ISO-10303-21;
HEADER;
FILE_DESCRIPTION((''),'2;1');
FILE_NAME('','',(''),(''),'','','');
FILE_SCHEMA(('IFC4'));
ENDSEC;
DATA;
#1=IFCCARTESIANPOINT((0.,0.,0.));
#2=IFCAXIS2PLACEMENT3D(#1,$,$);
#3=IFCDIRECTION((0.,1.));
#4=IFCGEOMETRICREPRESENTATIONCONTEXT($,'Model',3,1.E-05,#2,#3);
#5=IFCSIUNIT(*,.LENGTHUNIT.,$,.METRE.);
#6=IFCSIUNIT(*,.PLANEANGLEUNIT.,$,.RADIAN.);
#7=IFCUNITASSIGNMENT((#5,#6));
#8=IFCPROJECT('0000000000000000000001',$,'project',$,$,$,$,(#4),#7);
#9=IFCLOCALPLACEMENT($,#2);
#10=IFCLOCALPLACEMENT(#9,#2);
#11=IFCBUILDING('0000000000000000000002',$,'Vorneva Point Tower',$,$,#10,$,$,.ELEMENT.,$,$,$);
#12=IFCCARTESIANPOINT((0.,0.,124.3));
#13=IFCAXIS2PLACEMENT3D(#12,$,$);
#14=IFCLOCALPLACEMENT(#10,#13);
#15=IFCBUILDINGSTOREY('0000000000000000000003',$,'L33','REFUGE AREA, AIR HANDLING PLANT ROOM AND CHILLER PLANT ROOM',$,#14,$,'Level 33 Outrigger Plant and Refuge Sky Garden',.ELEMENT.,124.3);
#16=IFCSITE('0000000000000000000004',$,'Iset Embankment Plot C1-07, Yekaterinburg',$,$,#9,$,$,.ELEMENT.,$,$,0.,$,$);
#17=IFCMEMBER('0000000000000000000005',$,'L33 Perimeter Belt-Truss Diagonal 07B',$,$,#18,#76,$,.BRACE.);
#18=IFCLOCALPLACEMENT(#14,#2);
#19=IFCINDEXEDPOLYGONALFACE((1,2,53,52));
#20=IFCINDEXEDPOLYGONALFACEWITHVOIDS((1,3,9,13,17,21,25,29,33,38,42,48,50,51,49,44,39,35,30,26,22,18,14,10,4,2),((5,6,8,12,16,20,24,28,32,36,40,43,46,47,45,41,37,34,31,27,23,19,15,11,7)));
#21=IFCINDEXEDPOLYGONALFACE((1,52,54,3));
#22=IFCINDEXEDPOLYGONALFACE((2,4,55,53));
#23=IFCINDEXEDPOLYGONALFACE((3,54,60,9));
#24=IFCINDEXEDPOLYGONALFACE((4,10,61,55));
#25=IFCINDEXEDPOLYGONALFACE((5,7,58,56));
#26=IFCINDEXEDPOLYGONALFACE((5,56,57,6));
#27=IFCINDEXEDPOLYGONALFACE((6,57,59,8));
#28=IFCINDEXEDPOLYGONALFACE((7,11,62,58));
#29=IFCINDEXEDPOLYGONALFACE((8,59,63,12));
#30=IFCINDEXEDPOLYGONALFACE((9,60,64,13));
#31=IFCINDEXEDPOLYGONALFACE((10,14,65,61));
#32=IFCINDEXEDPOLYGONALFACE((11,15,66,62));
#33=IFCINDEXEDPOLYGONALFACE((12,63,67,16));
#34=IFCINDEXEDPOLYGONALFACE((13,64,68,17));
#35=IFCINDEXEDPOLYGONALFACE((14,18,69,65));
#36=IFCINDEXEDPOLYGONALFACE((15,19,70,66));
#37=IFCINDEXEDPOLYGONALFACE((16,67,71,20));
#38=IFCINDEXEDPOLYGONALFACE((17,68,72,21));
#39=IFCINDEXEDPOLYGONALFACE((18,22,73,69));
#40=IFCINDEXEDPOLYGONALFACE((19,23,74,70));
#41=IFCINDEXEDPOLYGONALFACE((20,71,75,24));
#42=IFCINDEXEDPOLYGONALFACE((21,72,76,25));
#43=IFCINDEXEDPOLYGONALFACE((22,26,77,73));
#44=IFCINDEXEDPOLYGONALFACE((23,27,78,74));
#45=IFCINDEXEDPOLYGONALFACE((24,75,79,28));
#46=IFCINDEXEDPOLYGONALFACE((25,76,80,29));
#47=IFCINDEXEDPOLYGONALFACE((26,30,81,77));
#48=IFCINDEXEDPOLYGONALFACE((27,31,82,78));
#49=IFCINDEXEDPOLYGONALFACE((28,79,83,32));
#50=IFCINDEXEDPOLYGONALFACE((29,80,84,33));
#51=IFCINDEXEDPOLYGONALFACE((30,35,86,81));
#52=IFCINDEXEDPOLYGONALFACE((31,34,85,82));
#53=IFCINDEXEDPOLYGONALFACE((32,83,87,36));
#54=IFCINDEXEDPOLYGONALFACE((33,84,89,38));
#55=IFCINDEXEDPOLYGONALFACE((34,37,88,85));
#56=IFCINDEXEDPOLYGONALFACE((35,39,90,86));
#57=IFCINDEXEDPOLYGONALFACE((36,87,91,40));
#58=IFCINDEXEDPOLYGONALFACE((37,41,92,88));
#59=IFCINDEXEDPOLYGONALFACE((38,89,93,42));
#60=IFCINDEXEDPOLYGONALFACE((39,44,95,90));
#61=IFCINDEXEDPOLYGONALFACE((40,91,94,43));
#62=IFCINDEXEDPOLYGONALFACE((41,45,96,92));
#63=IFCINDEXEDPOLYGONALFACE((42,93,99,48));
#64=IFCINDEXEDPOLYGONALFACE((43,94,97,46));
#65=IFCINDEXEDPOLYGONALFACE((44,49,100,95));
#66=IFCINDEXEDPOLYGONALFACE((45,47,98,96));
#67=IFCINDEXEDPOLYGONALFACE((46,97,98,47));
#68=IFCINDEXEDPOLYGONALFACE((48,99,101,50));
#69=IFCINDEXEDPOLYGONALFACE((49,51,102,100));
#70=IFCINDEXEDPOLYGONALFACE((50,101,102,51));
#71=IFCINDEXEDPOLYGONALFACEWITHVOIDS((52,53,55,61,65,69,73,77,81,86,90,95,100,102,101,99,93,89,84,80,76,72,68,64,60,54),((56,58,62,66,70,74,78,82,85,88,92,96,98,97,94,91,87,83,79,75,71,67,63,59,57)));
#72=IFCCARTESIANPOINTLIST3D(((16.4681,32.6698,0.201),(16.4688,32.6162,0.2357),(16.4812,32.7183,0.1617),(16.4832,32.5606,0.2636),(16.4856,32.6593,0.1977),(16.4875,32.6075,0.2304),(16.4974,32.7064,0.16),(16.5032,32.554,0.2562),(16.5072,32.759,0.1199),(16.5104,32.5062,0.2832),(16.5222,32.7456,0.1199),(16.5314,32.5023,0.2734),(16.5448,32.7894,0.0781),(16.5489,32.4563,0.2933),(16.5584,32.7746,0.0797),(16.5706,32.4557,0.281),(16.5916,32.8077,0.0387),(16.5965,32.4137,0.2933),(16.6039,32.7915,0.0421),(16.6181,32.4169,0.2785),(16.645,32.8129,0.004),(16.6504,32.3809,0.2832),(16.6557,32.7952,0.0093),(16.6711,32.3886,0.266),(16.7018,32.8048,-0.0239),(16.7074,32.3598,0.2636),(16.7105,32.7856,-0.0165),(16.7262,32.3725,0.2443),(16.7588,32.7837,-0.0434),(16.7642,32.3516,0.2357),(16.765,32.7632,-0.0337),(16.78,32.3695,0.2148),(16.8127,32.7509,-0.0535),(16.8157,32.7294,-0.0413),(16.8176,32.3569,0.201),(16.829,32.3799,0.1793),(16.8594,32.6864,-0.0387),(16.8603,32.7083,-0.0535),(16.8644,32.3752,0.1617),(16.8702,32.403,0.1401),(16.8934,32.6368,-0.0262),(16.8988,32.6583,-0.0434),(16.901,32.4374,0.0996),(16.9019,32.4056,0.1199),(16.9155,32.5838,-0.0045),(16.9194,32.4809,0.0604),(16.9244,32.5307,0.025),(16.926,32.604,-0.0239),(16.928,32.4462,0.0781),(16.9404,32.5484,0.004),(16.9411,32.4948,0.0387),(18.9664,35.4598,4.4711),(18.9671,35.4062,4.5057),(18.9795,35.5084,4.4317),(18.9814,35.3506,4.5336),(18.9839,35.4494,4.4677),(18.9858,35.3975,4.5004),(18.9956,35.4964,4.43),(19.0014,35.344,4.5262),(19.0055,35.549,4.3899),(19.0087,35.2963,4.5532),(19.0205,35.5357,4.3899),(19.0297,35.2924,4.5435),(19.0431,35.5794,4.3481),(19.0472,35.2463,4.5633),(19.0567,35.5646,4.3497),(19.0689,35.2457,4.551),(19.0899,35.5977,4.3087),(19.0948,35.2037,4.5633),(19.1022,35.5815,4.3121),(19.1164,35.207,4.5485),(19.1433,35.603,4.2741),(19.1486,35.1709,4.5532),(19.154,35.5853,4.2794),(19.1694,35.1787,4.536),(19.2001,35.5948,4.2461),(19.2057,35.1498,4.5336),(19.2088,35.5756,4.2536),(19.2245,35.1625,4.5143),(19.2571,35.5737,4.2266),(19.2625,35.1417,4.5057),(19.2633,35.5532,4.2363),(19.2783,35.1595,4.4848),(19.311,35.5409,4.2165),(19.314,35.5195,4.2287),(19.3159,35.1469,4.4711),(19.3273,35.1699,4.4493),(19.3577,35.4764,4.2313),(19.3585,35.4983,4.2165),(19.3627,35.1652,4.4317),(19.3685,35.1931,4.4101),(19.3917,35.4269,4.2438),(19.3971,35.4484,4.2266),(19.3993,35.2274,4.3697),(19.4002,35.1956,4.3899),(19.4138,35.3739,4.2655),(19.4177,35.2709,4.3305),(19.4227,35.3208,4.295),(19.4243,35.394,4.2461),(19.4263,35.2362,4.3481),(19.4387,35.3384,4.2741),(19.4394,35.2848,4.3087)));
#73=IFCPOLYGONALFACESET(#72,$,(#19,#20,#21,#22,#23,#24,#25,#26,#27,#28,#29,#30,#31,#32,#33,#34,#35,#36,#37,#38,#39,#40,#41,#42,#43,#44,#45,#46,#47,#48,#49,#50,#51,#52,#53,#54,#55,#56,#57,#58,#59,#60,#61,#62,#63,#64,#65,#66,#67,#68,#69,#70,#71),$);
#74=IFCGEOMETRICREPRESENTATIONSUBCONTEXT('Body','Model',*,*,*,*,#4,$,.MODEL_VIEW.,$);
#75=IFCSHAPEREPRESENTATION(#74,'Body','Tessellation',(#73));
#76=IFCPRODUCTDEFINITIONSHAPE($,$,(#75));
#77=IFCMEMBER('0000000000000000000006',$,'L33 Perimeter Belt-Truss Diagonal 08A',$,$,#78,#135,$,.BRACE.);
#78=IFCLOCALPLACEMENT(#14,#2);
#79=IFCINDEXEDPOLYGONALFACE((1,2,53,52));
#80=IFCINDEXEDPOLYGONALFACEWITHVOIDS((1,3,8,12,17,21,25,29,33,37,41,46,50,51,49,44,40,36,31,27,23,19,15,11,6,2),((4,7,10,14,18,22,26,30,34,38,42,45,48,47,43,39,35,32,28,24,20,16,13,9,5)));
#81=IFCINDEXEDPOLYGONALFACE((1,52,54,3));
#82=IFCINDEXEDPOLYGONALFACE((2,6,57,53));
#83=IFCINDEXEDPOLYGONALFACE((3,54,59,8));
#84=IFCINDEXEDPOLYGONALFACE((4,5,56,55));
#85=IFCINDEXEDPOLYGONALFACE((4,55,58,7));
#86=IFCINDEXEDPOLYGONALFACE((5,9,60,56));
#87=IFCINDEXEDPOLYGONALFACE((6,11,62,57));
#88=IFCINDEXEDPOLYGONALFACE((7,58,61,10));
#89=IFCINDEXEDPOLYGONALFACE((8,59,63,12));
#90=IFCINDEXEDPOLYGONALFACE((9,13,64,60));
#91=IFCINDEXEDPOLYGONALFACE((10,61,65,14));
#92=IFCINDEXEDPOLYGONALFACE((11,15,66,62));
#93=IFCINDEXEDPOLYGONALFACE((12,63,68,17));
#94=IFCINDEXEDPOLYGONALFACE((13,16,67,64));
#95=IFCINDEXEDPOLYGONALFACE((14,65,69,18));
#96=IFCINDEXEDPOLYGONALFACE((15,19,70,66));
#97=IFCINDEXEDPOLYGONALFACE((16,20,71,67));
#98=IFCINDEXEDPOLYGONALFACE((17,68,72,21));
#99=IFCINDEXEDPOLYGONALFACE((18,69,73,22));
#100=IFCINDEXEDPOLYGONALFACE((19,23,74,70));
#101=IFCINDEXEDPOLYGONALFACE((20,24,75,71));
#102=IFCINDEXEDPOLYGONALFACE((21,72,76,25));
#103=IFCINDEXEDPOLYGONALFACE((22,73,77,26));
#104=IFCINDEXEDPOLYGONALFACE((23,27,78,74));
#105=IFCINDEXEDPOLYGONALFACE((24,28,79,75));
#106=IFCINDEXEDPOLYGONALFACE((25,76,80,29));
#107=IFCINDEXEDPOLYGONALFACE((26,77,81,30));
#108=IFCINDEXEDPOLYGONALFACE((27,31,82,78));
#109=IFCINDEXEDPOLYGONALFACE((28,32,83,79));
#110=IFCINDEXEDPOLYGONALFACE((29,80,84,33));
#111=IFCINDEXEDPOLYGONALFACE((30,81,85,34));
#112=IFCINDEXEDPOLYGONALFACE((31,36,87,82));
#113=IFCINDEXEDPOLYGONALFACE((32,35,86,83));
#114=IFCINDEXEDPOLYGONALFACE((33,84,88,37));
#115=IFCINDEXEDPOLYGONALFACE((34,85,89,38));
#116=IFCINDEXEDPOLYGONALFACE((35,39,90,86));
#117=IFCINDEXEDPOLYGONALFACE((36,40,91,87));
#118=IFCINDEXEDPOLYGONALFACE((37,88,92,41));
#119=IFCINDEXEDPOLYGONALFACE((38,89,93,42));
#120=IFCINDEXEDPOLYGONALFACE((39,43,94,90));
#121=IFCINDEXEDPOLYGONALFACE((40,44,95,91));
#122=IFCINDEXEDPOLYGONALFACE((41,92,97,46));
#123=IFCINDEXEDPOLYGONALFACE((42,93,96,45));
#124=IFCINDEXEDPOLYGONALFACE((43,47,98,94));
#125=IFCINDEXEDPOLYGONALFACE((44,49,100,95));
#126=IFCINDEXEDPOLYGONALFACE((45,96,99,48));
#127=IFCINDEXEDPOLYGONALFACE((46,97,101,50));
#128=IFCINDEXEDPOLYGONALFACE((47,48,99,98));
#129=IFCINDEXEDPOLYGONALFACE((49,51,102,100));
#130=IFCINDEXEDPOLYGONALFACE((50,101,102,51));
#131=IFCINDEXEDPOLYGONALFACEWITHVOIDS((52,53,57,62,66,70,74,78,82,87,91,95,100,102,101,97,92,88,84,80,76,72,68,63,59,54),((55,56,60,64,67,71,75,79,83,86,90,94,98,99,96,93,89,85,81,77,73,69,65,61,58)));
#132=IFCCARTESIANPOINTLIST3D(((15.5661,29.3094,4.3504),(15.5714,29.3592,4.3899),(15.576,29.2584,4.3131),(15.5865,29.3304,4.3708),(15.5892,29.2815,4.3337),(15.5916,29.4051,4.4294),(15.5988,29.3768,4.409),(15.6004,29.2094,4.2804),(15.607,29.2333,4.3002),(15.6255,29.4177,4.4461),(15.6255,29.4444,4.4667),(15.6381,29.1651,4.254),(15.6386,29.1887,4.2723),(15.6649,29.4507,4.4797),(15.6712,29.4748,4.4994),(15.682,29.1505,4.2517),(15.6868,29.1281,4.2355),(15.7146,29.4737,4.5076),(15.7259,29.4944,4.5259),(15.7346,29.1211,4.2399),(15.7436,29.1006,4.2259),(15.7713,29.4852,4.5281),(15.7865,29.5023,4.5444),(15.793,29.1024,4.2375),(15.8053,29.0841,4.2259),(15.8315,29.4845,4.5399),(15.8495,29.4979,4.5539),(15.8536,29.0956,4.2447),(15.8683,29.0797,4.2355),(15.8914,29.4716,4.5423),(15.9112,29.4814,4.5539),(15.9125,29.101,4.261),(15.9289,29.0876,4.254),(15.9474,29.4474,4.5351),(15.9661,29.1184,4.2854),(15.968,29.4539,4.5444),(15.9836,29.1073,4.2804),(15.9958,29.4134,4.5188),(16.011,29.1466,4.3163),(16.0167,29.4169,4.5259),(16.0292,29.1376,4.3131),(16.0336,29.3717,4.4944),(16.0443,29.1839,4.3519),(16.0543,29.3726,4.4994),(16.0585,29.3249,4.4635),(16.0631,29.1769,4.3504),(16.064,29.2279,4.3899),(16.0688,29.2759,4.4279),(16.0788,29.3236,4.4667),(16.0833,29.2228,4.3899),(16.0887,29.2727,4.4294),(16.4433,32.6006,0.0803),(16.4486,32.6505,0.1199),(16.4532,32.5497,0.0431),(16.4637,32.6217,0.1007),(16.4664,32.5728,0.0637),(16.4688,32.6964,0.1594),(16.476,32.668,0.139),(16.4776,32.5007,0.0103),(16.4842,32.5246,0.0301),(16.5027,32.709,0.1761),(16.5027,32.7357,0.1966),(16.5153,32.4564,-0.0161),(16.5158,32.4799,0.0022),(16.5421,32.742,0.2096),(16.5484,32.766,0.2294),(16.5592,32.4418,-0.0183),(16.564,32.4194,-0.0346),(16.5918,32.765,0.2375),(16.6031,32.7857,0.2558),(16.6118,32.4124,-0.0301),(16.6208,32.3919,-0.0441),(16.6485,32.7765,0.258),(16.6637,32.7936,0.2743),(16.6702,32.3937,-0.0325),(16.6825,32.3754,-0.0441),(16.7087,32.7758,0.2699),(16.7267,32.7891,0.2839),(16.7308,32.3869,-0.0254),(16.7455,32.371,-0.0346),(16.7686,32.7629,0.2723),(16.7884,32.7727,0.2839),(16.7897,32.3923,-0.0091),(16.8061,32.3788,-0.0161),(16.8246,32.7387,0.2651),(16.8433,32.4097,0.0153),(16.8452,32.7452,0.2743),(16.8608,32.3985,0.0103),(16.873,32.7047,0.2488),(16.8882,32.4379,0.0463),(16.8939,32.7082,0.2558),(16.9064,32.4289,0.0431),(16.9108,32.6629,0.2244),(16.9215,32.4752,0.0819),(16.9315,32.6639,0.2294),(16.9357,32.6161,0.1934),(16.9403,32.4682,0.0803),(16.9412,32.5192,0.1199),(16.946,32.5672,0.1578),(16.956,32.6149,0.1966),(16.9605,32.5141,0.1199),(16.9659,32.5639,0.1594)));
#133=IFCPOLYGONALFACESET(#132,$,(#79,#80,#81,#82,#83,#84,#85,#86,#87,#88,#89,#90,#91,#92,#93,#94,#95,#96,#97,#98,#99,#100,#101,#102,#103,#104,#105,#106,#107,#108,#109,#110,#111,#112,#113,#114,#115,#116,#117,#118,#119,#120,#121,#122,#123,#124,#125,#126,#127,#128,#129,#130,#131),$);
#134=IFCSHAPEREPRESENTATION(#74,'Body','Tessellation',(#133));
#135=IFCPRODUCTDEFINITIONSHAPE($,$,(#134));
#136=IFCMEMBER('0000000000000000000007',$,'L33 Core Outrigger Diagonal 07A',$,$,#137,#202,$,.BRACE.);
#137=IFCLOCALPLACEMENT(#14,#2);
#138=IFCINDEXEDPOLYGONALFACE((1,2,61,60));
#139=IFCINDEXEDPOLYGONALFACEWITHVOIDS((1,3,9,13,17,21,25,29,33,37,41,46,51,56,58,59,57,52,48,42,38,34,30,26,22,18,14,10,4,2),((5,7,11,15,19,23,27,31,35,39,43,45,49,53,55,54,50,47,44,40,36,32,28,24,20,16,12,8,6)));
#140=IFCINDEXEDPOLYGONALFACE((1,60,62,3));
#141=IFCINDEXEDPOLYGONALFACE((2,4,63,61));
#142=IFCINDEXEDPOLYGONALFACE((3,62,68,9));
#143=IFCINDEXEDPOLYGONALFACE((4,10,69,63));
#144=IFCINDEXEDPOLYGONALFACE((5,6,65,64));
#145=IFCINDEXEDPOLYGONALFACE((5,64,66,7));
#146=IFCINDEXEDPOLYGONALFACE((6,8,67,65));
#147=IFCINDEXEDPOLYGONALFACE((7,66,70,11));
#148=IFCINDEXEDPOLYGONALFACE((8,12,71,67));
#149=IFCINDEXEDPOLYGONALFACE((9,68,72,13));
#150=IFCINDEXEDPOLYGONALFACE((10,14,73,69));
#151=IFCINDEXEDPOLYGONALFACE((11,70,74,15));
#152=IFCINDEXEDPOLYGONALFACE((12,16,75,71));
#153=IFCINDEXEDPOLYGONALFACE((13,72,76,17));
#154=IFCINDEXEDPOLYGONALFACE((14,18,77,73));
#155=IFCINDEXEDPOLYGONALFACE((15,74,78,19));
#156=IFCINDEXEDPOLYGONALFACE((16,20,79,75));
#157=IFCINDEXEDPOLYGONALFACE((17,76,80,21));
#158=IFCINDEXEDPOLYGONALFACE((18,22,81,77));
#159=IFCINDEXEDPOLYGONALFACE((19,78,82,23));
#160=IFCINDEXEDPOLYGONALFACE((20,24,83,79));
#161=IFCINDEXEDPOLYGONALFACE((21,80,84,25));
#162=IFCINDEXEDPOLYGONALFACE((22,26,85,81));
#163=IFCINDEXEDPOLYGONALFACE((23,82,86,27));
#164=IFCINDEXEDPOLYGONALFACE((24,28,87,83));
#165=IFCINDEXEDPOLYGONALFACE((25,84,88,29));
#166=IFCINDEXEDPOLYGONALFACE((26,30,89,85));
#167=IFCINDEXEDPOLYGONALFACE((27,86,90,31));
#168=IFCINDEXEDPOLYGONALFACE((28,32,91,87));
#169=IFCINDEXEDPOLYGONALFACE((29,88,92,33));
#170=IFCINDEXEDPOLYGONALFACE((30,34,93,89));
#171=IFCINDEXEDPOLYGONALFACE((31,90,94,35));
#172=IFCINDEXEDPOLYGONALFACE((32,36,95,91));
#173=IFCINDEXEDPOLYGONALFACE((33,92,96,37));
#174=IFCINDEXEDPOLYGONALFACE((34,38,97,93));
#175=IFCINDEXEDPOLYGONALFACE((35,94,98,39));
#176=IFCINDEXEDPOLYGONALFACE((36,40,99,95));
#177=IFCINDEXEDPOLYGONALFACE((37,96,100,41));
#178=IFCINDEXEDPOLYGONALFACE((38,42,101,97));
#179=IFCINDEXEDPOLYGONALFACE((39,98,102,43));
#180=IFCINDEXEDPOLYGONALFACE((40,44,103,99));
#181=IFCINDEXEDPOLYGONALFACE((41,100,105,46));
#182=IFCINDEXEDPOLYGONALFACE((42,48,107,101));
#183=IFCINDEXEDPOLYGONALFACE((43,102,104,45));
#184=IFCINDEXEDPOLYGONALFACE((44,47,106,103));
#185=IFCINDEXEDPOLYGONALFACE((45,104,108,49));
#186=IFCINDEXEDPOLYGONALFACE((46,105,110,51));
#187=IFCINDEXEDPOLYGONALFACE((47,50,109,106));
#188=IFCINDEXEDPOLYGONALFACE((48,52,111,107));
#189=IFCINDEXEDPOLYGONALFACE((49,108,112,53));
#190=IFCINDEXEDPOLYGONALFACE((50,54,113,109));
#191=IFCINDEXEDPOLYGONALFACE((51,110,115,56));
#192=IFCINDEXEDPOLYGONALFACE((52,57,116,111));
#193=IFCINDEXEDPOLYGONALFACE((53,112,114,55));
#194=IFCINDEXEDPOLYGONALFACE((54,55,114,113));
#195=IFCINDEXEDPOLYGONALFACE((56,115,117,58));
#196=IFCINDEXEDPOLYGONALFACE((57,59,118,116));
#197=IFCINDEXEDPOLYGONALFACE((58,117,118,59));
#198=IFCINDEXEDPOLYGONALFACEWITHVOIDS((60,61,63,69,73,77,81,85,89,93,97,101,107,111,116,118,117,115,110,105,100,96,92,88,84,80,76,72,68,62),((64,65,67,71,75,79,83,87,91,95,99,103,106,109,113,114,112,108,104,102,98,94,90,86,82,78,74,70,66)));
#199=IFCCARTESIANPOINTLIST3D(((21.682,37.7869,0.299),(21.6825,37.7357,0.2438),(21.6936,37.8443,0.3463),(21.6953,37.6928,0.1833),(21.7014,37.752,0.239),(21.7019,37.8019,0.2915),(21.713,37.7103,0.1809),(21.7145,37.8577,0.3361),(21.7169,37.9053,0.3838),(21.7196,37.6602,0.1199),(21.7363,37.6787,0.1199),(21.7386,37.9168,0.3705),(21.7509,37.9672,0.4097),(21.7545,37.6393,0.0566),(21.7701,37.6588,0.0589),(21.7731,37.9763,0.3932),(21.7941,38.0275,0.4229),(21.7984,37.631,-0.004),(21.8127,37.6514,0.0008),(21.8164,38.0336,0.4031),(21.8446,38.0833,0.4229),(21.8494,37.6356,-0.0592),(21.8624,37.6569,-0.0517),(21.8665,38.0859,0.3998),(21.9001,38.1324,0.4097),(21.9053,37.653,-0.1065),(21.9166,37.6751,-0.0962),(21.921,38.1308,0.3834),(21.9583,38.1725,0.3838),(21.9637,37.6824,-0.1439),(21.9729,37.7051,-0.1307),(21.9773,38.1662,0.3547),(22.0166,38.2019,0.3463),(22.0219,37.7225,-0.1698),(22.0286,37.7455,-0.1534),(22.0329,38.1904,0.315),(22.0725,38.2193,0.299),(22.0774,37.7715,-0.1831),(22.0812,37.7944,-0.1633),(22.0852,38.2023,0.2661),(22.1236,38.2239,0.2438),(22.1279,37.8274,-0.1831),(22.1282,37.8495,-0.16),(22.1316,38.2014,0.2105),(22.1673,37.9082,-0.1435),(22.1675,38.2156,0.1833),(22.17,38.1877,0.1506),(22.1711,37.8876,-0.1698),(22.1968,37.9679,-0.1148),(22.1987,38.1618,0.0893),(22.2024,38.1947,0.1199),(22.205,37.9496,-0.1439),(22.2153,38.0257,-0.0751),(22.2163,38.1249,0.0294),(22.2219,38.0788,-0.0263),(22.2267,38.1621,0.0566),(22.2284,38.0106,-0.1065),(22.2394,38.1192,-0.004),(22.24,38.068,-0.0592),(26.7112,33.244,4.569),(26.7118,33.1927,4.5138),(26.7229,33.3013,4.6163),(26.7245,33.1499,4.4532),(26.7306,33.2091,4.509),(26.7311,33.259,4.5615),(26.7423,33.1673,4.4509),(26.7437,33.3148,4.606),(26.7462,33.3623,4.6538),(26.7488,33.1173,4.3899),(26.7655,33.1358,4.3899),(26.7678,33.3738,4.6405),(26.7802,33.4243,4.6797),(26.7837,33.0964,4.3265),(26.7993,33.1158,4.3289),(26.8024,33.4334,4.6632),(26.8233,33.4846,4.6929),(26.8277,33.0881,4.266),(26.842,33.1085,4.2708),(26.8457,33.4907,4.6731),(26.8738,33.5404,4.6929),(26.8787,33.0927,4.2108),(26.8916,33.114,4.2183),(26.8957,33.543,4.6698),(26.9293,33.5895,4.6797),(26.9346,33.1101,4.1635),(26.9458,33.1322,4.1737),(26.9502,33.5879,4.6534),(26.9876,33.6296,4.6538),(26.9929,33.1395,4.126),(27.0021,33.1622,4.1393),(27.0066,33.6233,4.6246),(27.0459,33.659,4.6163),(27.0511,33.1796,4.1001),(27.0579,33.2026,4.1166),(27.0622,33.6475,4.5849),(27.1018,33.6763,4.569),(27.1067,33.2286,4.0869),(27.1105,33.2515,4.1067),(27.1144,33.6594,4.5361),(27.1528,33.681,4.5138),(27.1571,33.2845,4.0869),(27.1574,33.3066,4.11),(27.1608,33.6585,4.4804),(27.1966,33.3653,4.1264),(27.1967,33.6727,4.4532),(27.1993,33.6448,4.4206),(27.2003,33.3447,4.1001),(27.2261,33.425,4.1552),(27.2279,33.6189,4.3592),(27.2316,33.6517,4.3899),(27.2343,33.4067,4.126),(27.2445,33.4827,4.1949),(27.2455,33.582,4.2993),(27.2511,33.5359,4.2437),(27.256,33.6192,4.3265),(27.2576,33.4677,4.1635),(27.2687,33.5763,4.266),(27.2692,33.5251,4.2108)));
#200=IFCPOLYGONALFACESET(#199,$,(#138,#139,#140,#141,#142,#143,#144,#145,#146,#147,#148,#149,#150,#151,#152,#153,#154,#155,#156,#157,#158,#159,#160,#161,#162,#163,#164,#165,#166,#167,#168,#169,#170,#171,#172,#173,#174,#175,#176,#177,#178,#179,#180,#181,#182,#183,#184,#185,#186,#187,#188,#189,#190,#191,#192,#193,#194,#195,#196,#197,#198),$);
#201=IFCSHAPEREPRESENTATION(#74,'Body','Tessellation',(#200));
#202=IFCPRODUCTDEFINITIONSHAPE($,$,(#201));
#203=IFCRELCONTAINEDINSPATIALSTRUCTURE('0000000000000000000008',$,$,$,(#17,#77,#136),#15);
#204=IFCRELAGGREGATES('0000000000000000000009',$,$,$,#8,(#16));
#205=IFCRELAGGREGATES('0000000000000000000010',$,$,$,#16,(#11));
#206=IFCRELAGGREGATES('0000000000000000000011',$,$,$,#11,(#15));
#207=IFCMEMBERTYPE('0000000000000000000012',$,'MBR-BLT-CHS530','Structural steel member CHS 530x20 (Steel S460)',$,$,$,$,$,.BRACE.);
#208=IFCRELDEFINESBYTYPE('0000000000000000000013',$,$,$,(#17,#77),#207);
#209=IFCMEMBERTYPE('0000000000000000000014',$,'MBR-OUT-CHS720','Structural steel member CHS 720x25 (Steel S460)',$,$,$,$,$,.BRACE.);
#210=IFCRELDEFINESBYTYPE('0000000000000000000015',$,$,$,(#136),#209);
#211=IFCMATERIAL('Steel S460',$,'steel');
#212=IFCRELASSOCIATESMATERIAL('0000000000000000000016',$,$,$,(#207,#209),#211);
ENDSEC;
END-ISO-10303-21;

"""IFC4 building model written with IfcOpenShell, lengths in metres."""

from ifc_helpers import new_model, si_unit, direction, frame, origin, origin_2d, place, context, subcontext, project, spatial, hollow_circle, extrude, material, material_profile, profile_set, type_object, element, save


model = new_model("IFC4")

# Units and contexts
model_context = context("Model", 3, precision=1e-05, world=origin(), true_north=direction((0.0, 1.0)))
body_context = subcontext(model_context, "Body", "Model", "MODEL_VIEW")
ifc_project = project(units=[si_unit("LENGTHUNIT", "METRE"), si_unit("PLANEANGLEUNIT", "RADIAN")], contexts=[model_context])

# Site, building, storey
site_placement = place(None, origin())
site = spatial("IfcSite", under=ifc_project, at=site_placement, Name="Iset Embankment Plot C1-07, Yekaterinburg", CompositionType="ELEMENT", RefElevation=0.0)
building_placement = place(site_placement, origin())
building = spatial("IfcBuilding", under=site, at=building_placement, Name="Vorneva Point Tower", CompositionType="ELEMENT")
storey_placement = place(building_placement, frame((0.0, 0.0, 124.3)))
storey = spatial("IfcBuildingStorey", under=building, at=storey_placement, Name="L33", Description="REFUGE AREA, AIR HANDLING PLANT ROOM AND CHILLER PLANT ROOM", LongName="Level 33 Outrigger Plant and Refuge Sky Garden", CompositionType="ELEMENT", Elevation=124.3)

# Shared definitions
ifc_material_1 = material(Name="Steel S460", Category="steel")

# Members
ifc_material_profile_1 = material_profile(ifc_material_1, hollow_circle(Radius=0.2649, WallThickness=0.02, at=origin_2d()), Name="CHS 530x20")
ifc_profile_set_1 = profile_set([ifc_material_profile_1], Name="Steel S460")
member_type_1 = type_object("IfcMemberType", Name="MBR-BLT-CHS530", Description="Structural steel member CHS 530x20 (Steel S460)", PredefinedType="BRACE", material=ifc_profile_set_1)
member_1_placement = place(storey_placement, frame((16.7046, 32.5823, 0.1199), z_axis=(0.439864, 0.491231, 0.751805), x_axis=(-0.744984, 0.667083, 0.0)))
element("IfcMember", 1, at=member_1_placement, inside=storey, type_object=member_type_1, Name="L33 Perimeter Belt-Truss Diagonal 07B", PredefinedType="BRACE", context=body_context, shape_type="SweptSolid", body=[
    extrude(hollow_circle(Radius=0.2649, WallThickness=0.02, at=origin_2d()), origin(), (0.0, 0.0, 1.0), 5.6797),
])
member_2_placement = place(storey_placement, frame((16.7046, 32.5823, 0.1199), z_axis=(-0.160596, -0.602559, 0.781749), x_axis=(0.966269, -0.257533, 0.0)))
element("IfcMember", 2, at=member_2_placement, inside=storey, type_object=member_type_1, Name="L33 Perimeter Belt-Truss Diagonal 08A", PredefinedType="BRACE", context=body_context, shape_type="SweptSolid", body=[
    extrude(hollow_circle(Radius=0.2649, WallThickness=0.02, at=origin_2d()), origin(), (0.0, 0.0, 1.0), 5.4622),
])
ifc_material_profile_2 = material_profile(ifc_material_1, hollow_circle(Radius=0.3601, WallThickness=0.0249, at=origin_2d()), Name="CHS 720x25")
ifc_profile_set_2 = profile_set([ifc_material_profile_2], Name="Steel S460")
member_type_2 = type_object("IfcMemberType", Name="MBR-OUT-CHS720", Description="Structural steel member CHS 720x25 (Steel S460)", PredefinedType="BRACE", material=ifc_profile_set_2)
member_3_placement = place(storey_placement, frame((26.9902, 33.3845, 4.3899), z_axis=(-0.627851, 0.567138, -0.533064), x_axis=(-0.670317, -0.742075, 0.0)))
element("IfcMember", 3, at=member_3_placement, inside=storey, type_object=member_type_2, Name="L33 Core Outrigger Diagonal 07A", PredefinedType="BRACE", context=body_context, shape_type="SweptSolid", body=[
    extrude(hollow_circle(Radius=0.3601, WallThickness=0.0249, at=origin_2d()), origin(), (0.0, 0.0, 1.0), 8.0103),
])

save(model, "model.ifc")
